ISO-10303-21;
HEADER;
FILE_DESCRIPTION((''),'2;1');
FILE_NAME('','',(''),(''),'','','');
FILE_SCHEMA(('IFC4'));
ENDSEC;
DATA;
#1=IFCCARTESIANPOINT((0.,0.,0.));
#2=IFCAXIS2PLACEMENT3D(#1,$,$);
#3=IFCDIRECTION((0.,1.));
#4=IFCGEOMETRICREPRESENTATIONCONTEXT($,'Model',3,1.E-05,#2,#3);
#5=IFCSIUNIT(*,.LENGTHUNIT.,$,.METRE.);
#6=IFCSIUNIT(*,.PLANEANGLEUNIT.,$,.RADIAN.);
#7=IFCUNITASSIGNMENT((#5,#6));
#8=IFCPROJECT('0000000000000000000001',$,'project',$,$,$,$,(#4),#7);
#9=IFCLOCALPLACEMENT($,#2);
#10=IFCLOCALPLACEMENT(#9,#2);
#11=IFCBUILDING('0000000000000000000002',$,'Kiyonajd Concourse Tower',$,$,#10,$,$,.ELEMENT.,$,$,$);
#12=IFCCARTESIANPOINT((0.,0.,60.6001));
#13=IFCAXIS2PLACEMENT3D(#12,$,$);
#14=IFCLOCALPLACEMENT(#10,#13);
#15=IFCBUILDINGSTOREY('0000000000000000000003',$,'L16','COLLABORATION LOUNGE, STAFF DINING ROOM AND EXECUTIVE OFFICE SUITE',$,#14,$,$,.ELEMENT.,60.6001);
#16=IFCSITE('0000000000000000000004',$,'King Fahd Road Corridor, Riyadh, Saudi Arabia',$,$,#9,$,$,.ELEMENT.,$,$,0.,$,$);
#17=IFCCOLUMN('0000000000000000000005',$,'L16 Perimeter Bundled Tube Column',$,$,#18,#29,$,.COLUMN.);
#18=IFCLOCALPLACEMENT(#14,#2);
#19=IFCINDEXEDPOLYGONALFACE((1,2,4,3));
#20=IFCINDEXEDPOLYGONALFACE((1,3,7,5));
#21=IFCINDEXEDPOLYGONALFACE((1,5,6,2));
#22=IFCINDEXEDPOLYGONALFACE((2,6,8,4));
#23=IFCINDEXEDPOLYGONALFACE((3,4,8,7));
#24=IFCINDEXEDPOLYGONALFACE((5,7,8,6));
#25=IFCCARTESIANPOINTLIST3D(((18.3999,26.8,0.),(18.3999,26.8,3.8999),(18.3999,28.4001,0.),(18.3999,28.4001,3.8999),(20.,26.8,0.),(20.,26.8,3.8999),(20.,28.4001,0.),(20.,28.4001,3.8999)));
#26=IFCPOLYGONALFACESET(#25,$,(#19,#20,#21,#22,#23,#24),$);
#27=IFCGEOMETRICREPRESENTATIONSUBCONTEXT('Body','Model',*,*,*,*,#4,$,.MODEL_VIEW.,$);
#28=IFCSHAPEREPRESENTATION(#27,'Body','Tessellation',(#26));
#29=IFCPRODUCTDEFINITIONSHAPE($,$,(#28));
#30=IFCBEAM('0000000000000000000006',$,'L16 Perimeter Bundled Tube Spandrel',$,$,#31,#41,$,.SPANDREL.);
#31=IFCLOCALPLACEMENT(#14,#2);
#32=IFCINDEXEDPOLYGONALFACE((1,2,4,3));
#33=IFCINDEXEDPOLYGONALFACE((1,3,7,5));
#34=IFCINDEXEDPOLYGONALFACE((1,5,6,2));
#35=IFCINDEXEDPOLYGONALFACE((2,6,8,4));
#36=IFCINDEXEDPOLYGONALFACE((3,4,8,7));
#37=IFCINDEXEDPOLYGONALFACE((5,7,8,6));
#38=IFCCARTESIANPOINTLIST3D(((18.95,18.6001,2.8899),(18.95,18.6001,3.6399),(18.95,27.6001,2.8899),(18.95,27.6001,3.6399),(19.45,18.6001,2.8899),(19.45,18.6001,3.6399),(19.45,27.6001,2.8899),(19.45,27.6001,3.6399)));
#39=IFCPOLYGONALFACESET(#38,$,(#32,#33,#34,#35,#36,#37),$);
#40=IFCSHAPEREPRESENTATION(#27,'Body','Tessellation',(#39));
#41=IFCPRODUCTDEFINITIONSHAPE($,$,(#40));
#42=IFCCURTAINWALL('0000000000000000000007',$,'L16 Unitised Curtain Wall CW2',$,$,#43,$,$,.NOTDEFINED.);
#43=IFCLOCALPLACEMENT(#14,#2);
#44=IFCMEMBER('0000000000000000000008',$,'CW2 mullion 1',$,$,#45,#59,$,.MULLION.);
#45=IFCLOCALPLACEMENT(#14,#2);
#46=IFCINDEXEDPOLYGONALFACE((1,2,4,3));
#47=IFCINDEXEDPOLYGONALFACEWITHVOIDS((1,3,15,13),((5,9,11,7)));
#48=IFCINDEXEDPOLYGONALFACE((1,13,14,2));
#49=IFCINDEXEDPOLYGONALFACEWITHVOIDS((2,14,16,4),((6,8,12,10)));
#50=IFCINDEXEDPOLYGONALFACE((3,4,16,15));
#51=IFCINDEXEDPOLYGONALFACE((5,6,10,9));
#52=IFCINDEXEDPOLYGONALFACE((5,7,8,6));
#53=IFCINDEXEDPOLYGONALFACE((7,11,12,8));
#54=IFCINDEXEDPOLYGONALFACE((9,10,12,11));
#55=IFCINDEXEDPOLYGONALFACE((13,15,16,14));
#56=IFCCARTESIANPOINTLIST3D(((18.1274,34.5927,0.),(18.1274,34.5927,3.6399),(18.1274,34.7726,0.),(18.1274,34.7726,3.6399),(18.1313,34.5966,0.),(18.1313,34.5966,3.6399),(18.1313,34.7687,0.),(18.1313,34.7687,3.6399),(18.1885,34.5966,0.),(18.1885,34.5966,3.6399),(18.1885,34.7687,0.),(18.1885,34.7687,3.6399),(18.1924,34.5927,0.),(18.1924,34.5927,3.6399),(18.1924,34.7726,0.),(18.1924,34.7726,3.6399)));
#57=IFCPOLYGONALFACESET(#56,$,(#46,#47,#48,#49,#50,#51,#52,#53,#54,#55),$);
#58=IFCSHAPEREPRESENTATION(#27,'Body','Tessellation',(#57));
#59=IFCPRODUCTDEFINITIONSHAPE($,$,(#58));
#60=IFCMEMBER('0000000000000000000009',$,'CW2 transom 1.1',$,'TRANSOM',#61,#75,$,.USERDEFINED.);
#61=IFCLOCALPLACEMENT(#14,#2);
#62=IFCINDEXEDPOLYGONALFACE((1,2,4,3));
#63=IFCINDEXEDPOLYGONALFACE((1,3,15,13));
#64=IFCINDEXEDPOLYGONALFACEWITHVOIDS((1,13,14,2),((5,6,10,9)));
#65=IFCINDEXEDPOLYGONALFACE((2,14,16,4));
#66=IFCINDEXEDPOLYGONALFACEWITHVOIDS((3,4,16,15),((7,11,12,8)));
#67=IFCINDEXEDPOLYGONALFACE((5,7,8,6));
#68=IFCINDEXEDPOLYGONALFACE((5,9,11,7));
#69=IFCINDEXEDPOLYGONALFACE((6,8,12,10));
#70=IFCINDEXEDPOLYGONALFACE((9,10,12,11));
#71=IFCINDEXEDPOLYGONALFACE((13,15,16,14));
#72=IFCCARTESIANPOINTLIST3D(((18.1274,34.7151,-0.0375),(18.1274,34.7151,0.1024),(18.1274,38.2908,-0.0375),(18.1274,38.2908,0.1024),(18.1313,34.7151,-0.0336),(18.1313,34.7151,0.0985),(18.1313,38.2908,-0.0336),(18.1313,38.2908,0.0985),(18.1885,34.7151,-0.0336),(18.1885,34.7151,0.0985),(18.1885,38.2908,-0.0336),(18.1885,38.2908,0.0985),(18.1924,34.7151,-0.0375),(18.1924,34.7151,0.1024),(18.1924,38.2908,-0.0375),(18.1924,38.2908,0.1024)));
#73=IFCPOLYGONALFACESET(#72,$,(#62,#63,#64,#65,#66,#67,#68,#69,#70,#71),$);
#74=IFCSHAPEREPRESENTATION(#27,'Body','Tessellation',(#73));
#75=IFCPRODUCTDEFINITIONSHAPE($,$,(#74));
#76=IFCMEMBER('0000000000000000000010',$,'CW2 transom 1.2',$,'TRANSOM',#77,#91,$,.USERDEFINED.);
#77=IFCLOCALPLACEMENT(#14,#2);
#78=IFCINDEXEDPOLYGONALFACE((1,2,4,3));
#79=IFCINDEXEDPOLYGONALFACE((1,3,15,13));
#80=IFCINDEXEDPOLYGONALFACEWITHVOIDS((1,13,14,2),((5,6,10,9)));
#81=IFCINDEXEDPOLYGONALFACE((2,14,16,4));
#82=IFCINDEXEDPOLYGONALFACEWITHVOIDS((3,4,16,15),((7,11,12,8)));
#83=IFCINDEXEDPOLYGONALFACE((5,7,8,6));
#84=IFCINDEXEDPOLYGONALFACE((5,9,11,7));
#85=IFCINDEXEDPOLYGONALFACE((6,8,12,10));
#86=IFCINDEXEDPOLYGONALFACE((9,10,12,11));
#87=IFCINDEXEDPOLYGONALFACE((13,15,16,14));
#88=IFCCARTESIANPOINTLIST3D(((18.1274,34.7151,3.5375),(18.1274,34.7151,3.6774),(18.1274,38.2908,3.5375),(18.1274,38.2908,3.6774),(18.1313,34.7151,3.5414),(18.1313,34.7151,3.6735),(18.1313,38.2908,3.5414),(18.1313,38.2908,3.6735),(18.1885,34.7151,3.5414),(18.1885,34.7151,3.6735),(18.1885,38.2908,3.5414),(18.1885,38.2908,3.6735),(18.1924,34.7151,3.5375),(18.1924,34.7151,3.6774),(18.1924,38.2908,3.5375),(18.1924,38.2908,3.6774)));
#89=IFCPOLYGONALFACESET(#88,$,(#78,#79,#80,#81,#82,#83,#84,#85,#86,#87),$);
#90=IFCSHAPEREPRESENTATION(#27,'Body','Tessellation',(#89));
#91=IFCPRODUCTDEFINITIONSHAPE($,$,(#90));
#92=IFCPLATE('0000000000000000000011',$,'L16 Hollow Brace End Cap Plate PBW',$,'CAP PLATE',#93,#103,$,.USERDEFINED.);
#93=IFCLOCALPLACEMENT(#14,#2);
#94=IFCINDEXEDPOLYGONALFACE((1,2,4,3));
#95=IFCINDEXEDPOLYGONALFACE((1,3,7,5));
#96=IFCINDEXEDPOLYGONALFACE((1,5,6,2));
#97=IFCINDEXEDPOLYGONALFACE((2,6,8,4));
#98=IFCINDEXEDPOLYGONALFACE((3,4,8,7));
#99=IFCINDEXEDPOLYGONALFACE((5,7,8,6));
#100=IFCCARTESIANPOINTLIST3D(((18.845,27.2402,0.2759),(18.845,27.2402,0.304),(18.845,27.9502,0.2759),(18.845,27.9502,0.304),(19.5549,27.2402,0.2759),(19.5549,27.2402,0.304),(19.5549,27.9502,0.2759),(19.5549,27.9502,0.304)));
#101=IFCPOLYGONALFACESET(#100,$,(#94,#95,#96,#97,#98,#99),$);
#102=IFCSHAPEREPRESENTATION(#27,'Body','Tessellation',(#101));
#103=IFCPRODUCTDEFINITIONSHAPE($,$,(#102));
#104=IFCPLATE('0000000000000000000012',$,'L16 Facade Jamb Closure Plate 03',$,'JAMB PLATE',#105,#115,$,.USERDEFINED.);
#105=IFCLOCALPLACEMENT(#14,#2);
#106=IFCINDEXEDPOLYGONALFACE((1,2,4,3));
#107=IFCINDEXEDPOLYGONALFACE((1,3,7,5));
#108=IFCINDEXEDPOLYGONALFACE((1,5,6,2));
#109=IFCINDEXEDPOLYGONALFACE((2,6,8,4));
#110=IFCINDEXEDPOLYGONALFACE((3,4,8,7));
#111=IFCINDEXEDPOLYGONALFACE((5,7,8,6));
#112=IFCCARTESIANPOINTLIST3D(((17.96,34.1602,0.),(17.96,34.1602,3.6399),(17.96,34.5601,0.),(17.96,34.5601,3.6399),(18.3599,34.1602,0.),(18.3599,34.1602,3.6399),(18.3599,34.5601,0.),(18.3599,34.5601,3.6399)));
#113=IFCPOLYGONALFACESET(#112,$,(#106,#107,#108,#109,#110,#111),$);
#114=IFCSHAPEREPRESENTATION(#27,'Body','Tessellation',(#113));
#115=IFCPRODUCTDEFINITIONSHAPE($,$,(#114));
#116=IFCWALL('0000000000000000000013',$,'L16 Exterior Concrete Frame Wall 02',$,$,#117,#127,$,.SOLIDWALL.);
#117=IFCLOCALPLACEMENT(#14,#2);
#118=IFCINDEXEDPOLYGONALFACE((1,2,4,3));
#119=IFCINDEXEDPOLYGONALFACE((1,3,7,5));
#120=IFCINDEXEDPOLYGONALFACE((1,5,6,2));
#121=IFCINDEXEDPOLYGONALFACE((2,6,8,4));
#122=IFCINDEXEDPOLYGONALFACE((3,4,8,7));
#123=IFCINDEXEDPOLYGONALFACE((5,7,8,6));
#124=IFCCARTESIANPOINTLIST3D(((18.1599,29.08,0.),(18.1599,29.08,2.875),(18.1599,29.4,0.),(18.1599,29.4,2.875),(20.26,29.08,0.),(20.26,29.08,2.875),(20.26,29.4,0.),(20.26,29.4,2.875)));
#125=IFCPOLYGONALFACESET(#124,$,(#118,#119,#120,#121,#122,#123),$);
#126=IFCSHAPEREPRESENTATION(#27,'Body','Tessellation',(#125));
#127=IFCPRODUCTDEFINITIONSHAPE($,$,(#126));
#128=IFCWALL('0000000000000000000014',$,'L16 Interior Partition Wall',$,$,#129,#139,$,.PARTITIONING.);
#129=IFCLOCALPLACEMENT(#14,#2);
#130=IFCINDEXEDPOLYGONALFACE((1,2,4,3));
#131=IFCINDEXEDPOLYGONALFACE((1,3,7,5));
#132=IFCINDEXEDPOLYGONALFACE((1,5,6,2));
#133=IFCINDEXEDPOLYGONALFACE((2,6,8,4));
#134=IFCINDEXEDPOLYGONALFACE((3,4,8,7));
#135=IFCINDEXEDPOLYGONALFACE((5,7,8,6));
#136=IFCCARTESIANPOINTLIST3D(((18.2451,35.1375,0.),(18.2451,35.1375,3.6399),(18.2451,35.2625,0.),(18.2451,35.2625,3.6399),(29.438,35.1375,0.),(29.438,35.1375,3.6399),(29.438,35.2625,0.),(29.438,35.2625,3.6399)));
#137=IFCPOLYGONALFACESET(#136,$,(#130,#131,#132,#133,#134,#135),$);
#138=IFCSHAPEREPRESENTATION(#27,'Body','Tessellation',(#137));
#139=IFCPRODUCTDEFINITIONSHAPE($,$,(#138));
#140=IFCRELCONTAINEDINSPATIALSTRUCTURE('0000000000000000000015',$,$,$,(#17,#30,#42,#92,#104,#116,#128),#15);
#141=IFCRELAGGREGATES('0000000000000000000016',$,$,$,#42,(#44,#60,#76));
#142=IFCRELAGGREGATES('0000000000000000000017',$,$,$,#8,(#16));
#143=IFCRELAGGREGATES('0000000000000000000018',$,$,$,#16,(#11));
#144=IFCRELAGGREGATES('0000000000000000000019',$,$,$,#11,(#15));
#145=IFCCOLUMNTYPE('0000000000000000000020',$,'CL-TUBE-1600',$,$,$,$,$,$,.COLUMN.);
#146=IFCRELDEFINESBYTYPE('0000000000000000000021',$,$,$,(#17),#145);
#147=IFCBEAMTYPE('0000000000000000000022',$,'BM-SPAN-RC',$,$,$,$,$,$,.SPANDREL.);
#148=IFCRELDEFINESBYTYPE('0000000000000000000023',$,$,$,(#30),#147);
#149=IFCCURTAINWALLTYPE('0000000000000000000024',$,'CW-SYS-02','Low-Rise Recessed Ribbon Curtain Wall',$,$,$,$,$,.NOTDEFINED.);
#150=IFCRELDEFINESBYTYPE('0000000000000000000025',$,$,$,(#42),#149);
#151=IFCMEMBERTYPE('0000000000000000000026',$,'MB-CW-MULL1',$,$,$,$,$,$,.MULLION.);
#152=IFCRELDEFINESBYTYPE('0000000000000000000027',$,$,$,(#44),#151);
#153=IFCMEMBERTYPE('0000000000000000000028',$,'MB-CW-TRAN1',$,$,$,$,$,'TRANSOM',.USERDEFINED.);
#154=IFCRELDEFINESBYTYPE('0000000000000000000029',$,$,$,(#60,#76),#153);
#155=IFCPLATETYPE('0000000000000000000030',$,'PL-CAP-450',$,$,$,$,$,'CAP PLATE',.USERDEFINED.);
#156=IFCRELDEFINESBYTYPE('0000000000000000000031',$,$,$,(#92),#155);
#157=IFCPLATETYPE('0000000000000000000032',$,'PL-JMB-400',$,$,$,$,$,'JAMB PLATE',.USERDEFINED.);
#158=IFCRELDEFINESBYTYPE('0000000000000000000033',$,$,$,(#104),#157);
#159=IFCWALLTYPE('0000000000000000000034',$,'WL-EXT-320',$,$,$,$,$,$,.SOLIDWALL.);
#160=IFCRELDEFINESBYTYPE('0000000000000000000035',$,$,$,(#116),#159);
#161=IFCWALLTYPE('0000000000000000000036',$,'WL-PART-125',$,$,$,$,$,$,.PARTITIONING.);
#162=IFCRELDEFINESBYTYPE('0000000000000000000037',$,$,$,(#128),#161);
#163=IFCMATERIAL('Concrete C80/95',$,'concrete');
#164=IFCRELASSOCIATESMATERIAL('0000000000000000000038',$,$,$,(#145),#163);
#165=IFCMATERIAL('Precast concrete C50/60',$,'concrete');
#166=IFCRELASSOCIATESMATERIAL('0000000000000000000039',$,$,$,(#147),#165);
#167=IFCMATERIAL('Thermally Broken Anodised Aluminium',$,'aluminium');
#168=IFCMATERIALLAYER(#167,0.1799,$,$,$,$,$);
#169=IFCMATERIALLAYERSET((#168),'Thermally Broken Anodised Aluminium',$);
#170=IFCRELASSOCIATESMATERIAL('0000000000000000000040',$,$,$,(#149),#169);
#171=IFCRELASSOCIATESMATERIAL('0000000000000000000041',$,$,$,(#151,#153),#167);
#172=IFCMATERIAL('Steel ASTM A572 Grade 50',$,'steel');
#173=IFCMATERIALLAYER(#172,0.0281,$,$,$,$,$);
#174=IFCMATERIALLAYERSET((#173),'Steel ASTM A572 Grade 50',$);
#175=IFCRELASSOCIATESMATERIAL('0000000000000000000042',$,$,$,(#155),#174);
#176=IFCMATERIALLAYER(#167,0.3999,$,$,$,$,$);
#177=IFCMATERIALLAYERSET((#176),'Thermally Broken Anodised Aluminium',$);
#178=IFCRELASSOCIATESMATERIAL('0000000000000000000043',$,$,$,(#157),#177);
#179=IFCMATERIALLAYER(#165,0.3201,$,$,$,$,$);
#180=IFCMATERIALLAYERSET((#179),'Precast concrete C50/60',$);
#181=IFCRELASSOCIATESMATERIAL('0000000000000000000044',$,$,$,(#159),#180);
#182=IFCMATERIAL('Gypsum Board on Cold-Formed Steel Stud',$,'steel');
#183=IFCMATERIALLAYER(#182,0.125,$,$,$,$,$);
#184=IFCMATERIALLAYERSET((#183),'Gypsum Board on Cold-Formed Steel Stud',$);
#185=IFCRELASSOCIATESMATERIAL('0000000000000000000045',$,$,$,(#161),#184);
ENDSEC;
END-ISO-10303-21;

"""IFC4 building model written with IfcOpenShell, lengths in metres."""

from ifc_helpers import new_model, si_unit, direction, frame, frame_2d, origin, origin_2d, place, context, subcontext, project, spatial, rectangle, hollow_rectangle, extrude, material, layer, layer_set, material_profile, profile_set, type_object, element, aggregate, save


model = new_model("IFC4")

# Units and contexts
model_context = context("Model", 3, precision=1e-05, world=origin(), true_north=direction((0.0, 1.0)))
body_context = subcontext(model_context, "Body", "Model", "MODEL_VIEW")
ifc_project = project(units=[si_unit("LENGTHUNIT", "METRE"), si_unit("PLANEANGLEUNIT", "RADIAN")], contexts=[model_context])

# Site, building, storey
site_placement = place(None, origin())
site = spatial("IfcSite", under=ifc_project, at=site_placement, Name="King Fahd Road Corridor, Riyadh, Saudi Arabia", CompositionType="ELEMENT", RefElevation=0.0)
building_placement = place(site_placement, origin())
building = spatial("IfcBuilding", under=site, at=building_placement, Name="Kiyonajd Concourse Tower", CompositionType="ELEMENT")
storey_placement = place(building_placement, frame((0.0, 0.0, 60.6001)))
storey = spatial("IfcBuildingStorey", under=building, at=storey_placement, Name="L16", Description="COLLABORATION LOUNGE, STAFF DINING ROOM AND EXECUTIVE OFFICE SUITE", CompositionType="ELEMENT", Elevation=60.6001)

# Column
ifc_material_1 = material(Name="Concrete C80/95", Category="concrete")
ifc_material_profile_1 = material_profile(ifc_material_1, rectangle(XDim=1.6001, YDim=1.6001, at=origin_2d()), Name="RC-1600x1600")
ifc_profile_set_1 = profile_set([ifc_material_profile_1], Name="Concrete C80/95")
column_type = type_object("IfcColumnType", Name="CL-TUBE-1600", PredefinedType="COLUMN", material=ifc_profile_set_1)
column_placement = place(storey_placement, frame((19.2, 27.6001, 0.0), z_axis=(0.0, 0.0, 1.0), x_axis=(1.0, 0.0, 0.0)))
element("IfcColumn", 1, at=column_placement, inside=storey, type_object=column_type, Name="L16 Perimeter Bundled Tube Column", PredefinedType="COLUMN", context=body_context, shape_type="SweptSolid", body=[
    extrude(rectangle(XDim=1.6001, YDim=1.6001, at=origin_2d()), origin(), (0.0, 0.0, 1.0), 3.8999),
])

# Beam
ifc_material_2 = material(Name="Precast concrete C50/60", Category="concrete")
ifc_material_profile_2 = material_profile(ifc_material_2, rectangle(XDim=0.5, YDim=0.75, at=origin_2d()), Name="RCBM-500x750")
ifc_profile_set_2 = profile_set([ifc_material_profile_2], Name="Precast concrete C50/60")
beam_type = type_object("IfcBeamType", Name="BM-SPAN-RC", PredefinedType="SPANDREL", material=ifc_profile_set_2)
beam_placement = place(storey_placement, frame((19.2, 27.6001, 3.2649), z_axis=(0.0, -1.0, 0.0), x_axis=(1.0, 0.0, 0.0)))
element("IfcBeam", 2, at=beam_placement, inside=storey, type_object=beam_type, Name="L16 Perimeter Bundled Tube Spandrel", PredefinedType="SPANDREL", context=body_context, shape_type="SweptSolid", body=[
    extrude(rectangle(XDim=0.5, YDim=0.75, at=origin_2d()), origin(), (0.0, 0.0, 1.0), 9.0),
])

# Curtain wall, members
ifc_material_3 = material(Name="Thermally Broken Anodised Aluminium", Category="aluminium")
ifc_layer_1 = layer(ifc_material_3, 0.1799)
ifc_layer_set_1 = layer_set([ifc_layer_1], Name="Thermally Broken Anodised Aluminium")
curtain_wall_type = type_object("IfcCurtainWallType", Name="CW-SYS-02", Description="Low-Rise Recessed Ribbon Curtain Wall", PredefinedType="NOTDEFINED", material=ifc_layer_set_1)
curtain_wall_placement = place(storey_placement, origin())
curtain_wall = element("IfcCurtainWall", 3, at=curtain_wall_placement, inside=storey, type_object=curtain_wall_type, Name="L16 Unitised Curtain Wall CW2", PredefinedType="NOTDEFINED")
ifc_material_profile_3 = material_profile(ifc_material_3, hollow_rectangle(XDim=0.0649, YDim=0.1799, WallThickness=0.0039, at=origin_2d()), Name="MULL-65x180")
ifc_profile_set_3 = profile_set([ifc_material_profile_3], Name="Thermally Broken Anodised Aluminium")
member_type_1 = type_object("IfcMemberType", Name="MB-CW-MULL1", PredefinedType="MULLION", material=ifc_profile_set_3)
member_1_placement = place(storey_placement, frame((18.1599, 34.6826, 0.0), z_axis=(0.0, 0.0, 1.0), x_axis=(-1.0, 0.0, 0.0)))
member_1 = element("IfcMember", 4, at=member_1_placement, type_object=member_type_1, Name="CW2 mullion 1", PredefinedType="MULLION", context=body_context, shape_type="SweptSolid", body=[
    extrude(hollow_rectangle(XDim=0.0649, YDim=0.1799, WallThickness=0.0039, at=origin_2d()), origin(), (0.0, 0.0, 1.0), 3.6399),
])
ifc_material_profile_4 = material_profile(ifc_material_3, hollow_rectangle(XDim=0.0649, YDim=0.1399, WallThickness=0.0039, at=origin_2d()), Name="TRAN-65x140")
ifc_profile_set_4 = profile_set([ifc_material_profile_4], Name="Thermally Broken Anodised Aluminium")
member_type_2 = type_object("IfcMemberType", Name="MB-CW-TRAN1", ElementType="TRANSOM", PredefinedType="USERDEFINED", material=ifc_profile_set_4)
member_2_placement = place(storey_placement, frame((18.1599, 34.7151, 0.0325), z_axis=(0.0, 1.0, 0.0), x_axis=(-1.0, 0.0, 0.0)))
member_2 = element("IfcMember", 5, at=member_2_placement, type_object=member_type_2, Name="CW2 transom 1.1", ObjectType="TRANSOM", PredefinedType="USERDEFINED", context=body_context, shape_type="SweptSolid", body=[
    extrude(hollow_rectangle(XDim=0.0649, YDim=0.1399, WallThickness=0.0039, at=origin_2d()), origin(), (0.0, 0.0, 1.0), 3.5757),
])
member_3_placement = place(storey_placement, frame((18.1599, 34.7151, 3.6074), z_axis=(0.0, 1.0, 0.0), x_axis=(-1.0, 0.0, 0.0)))
member_3 = element("IfcMember", 6, at=member_3_placement, type_object=member_type_2, Name="CW2 transom 1.2", ObjectType="TRANSOM", PredefinedType="USERDEFINED", context=body_context, shape_type="SweptSolid", body=[
    extrude(hollow_rectangle(XDim=0.0649, YDim=0.1399, WallThickness=0.0039, at=origin_2d()), origin(), (0.0, 0.0, 1.0), 3.5757),
])
aggregate(curtain_wall, [member_1, member_2, member_3])

# Plates
ifc_material_4 = material(Name="Steel ASTM A572 Grade 50", Category="steel")
ifc_layer_2 = layer(ifc_material_4, 0.0281)
ifc_layer_set_2 = layer_set([ifc_layer_2], Name="Steel ASTM A572 Grade 50")
plate_type_1 = type_object("IfcPlateType", Name="PL-CAP-450", ElementType="CAP PLATE", PredefinedType="USERDEFINED", material=ifc_layer_set_2)
plate_1_placement = place(storey_placement, frame((19.2, 27.5952, 0.2759), z_axis=(0.0, 0.0, 1.0), x_axis=(1.0, 0.0, 0.0)))
element("IfcPlate", 7, at=plate_1_placement, inside=storey, type_object=plate_type_1, Name="L16 Hollow Brace End Cap Plate PBW", ObjectType="CAP PLATE", PredefinedType="USERDEFINED", context=body_context, shape_type="SweptSolid", body=[
    extrude(rectangle(XDim=0.71, YDim=0.71, at=origin_2d()), origin(), (0.0, 0.0, 1.0), 0.0281),
])
ifc_layer_3 = layer(ifc_material_3, 0.3999)
ifc_layer_set_3 = layer_set([ifc_layer_3], Name="Thermally Broken Anodised Aluminium")
plate_type_2 = type_object("IfcPlateType", Name="PL-JMB-400", ElementType="JAMB PLATE", PredefinedType="USERDEFINED", material=ifc_layer_set_3)
plate_2_placement = place(storey_placement, frame((18.1599, 34.3601, 0.0), z_axis=(0.0, 0.0, 1.0), x_axis=(1.0, 0.0, 0.0)))
element("IfcPlate", 8, at=plate_2_placement, inside=storey, type_object=plate_type_2, Name="L16 Facade Jamb Closure Plate 03", ObjectType="JAMB PLATE", PredefinedType="USERDEFINED", context=body_context, shape_type="SweptSolid", body=[
    extrude(rectangle(XDim=0.3999, YDim=0.3999, at=origin_2d()), origin(), (0.0, 0.0, 1.0), 3.6399),
])

# Walls
ifc_layer_4 = layer(ifc_material_2, 0.3201)
ifc_layer_set_4 = layer_set([ifc_layer_4], Name="Precast concrete C50/60")
wall_type_1 = type_object("IfcWallType", Name="WL-EXT-320", PredefinedType="SOLIDWALL", material=ifc_layer_set_4)
wall_1_placement = place(storey_placement, frame((18.1599, 29.24, 0.0), z_axis=(0.0, 0.0, 1.0), x_axis=(1.0, 0.0, 0.0)))
element("IfcWall", 9, at=wall_1_placement, inside=storey, type_object=wall_type_1, Name="L16 Exterior Concrete Frame Wall 02", PredefinedType="SOLIDWALL", context=body_context, shape_type="SweptSolid", body=[
    extrude(rectangle(XDim=2.1001, YDim=0.3201, at=frame_2d((1.05, 0.0))), origin(), (0.0, 0.0, 1.0), 2.875),
])
ifc_material_5 = material(Name="Gypsum Board on Cold-Formed Steel Stud", Category="steel")
ifc_layer_5 = layer(ifc_material_5, 0.125)
ifc_layer_set_5 = layer_set([ifc_layer_5], Name="Gypsum Board on Cold-Formed Steel Stud")
wall_type_2 = type_object("IfcWallType", Name="WL-PART-125", PredefinedType="PARTITIONING", material=ifc_layer_set_5)
wall_2_placement = place(storey_placement, frame((18.2451, 35.2, 0.0), z_axis=(0.0, 0.0, 1.0), x_axis=(1.0, 0.0, 0.0)))
element("IfcWall", 10, at=wall_2_placement, inside=storey, type_object=wall_type_2, Name="L16 Interior Partition Wall", PredefinedType="PARTITIONING", context=body_context, shape_type="SweptSolid", body=[
    extrude(rectangle(XDim=11.1929, YDim=0.125, at=frame_2d((5.5964, 0.0))), origin(), (0.0, 0.0, 1.0), 3.6399),
])

save(model, "model.ifc")
